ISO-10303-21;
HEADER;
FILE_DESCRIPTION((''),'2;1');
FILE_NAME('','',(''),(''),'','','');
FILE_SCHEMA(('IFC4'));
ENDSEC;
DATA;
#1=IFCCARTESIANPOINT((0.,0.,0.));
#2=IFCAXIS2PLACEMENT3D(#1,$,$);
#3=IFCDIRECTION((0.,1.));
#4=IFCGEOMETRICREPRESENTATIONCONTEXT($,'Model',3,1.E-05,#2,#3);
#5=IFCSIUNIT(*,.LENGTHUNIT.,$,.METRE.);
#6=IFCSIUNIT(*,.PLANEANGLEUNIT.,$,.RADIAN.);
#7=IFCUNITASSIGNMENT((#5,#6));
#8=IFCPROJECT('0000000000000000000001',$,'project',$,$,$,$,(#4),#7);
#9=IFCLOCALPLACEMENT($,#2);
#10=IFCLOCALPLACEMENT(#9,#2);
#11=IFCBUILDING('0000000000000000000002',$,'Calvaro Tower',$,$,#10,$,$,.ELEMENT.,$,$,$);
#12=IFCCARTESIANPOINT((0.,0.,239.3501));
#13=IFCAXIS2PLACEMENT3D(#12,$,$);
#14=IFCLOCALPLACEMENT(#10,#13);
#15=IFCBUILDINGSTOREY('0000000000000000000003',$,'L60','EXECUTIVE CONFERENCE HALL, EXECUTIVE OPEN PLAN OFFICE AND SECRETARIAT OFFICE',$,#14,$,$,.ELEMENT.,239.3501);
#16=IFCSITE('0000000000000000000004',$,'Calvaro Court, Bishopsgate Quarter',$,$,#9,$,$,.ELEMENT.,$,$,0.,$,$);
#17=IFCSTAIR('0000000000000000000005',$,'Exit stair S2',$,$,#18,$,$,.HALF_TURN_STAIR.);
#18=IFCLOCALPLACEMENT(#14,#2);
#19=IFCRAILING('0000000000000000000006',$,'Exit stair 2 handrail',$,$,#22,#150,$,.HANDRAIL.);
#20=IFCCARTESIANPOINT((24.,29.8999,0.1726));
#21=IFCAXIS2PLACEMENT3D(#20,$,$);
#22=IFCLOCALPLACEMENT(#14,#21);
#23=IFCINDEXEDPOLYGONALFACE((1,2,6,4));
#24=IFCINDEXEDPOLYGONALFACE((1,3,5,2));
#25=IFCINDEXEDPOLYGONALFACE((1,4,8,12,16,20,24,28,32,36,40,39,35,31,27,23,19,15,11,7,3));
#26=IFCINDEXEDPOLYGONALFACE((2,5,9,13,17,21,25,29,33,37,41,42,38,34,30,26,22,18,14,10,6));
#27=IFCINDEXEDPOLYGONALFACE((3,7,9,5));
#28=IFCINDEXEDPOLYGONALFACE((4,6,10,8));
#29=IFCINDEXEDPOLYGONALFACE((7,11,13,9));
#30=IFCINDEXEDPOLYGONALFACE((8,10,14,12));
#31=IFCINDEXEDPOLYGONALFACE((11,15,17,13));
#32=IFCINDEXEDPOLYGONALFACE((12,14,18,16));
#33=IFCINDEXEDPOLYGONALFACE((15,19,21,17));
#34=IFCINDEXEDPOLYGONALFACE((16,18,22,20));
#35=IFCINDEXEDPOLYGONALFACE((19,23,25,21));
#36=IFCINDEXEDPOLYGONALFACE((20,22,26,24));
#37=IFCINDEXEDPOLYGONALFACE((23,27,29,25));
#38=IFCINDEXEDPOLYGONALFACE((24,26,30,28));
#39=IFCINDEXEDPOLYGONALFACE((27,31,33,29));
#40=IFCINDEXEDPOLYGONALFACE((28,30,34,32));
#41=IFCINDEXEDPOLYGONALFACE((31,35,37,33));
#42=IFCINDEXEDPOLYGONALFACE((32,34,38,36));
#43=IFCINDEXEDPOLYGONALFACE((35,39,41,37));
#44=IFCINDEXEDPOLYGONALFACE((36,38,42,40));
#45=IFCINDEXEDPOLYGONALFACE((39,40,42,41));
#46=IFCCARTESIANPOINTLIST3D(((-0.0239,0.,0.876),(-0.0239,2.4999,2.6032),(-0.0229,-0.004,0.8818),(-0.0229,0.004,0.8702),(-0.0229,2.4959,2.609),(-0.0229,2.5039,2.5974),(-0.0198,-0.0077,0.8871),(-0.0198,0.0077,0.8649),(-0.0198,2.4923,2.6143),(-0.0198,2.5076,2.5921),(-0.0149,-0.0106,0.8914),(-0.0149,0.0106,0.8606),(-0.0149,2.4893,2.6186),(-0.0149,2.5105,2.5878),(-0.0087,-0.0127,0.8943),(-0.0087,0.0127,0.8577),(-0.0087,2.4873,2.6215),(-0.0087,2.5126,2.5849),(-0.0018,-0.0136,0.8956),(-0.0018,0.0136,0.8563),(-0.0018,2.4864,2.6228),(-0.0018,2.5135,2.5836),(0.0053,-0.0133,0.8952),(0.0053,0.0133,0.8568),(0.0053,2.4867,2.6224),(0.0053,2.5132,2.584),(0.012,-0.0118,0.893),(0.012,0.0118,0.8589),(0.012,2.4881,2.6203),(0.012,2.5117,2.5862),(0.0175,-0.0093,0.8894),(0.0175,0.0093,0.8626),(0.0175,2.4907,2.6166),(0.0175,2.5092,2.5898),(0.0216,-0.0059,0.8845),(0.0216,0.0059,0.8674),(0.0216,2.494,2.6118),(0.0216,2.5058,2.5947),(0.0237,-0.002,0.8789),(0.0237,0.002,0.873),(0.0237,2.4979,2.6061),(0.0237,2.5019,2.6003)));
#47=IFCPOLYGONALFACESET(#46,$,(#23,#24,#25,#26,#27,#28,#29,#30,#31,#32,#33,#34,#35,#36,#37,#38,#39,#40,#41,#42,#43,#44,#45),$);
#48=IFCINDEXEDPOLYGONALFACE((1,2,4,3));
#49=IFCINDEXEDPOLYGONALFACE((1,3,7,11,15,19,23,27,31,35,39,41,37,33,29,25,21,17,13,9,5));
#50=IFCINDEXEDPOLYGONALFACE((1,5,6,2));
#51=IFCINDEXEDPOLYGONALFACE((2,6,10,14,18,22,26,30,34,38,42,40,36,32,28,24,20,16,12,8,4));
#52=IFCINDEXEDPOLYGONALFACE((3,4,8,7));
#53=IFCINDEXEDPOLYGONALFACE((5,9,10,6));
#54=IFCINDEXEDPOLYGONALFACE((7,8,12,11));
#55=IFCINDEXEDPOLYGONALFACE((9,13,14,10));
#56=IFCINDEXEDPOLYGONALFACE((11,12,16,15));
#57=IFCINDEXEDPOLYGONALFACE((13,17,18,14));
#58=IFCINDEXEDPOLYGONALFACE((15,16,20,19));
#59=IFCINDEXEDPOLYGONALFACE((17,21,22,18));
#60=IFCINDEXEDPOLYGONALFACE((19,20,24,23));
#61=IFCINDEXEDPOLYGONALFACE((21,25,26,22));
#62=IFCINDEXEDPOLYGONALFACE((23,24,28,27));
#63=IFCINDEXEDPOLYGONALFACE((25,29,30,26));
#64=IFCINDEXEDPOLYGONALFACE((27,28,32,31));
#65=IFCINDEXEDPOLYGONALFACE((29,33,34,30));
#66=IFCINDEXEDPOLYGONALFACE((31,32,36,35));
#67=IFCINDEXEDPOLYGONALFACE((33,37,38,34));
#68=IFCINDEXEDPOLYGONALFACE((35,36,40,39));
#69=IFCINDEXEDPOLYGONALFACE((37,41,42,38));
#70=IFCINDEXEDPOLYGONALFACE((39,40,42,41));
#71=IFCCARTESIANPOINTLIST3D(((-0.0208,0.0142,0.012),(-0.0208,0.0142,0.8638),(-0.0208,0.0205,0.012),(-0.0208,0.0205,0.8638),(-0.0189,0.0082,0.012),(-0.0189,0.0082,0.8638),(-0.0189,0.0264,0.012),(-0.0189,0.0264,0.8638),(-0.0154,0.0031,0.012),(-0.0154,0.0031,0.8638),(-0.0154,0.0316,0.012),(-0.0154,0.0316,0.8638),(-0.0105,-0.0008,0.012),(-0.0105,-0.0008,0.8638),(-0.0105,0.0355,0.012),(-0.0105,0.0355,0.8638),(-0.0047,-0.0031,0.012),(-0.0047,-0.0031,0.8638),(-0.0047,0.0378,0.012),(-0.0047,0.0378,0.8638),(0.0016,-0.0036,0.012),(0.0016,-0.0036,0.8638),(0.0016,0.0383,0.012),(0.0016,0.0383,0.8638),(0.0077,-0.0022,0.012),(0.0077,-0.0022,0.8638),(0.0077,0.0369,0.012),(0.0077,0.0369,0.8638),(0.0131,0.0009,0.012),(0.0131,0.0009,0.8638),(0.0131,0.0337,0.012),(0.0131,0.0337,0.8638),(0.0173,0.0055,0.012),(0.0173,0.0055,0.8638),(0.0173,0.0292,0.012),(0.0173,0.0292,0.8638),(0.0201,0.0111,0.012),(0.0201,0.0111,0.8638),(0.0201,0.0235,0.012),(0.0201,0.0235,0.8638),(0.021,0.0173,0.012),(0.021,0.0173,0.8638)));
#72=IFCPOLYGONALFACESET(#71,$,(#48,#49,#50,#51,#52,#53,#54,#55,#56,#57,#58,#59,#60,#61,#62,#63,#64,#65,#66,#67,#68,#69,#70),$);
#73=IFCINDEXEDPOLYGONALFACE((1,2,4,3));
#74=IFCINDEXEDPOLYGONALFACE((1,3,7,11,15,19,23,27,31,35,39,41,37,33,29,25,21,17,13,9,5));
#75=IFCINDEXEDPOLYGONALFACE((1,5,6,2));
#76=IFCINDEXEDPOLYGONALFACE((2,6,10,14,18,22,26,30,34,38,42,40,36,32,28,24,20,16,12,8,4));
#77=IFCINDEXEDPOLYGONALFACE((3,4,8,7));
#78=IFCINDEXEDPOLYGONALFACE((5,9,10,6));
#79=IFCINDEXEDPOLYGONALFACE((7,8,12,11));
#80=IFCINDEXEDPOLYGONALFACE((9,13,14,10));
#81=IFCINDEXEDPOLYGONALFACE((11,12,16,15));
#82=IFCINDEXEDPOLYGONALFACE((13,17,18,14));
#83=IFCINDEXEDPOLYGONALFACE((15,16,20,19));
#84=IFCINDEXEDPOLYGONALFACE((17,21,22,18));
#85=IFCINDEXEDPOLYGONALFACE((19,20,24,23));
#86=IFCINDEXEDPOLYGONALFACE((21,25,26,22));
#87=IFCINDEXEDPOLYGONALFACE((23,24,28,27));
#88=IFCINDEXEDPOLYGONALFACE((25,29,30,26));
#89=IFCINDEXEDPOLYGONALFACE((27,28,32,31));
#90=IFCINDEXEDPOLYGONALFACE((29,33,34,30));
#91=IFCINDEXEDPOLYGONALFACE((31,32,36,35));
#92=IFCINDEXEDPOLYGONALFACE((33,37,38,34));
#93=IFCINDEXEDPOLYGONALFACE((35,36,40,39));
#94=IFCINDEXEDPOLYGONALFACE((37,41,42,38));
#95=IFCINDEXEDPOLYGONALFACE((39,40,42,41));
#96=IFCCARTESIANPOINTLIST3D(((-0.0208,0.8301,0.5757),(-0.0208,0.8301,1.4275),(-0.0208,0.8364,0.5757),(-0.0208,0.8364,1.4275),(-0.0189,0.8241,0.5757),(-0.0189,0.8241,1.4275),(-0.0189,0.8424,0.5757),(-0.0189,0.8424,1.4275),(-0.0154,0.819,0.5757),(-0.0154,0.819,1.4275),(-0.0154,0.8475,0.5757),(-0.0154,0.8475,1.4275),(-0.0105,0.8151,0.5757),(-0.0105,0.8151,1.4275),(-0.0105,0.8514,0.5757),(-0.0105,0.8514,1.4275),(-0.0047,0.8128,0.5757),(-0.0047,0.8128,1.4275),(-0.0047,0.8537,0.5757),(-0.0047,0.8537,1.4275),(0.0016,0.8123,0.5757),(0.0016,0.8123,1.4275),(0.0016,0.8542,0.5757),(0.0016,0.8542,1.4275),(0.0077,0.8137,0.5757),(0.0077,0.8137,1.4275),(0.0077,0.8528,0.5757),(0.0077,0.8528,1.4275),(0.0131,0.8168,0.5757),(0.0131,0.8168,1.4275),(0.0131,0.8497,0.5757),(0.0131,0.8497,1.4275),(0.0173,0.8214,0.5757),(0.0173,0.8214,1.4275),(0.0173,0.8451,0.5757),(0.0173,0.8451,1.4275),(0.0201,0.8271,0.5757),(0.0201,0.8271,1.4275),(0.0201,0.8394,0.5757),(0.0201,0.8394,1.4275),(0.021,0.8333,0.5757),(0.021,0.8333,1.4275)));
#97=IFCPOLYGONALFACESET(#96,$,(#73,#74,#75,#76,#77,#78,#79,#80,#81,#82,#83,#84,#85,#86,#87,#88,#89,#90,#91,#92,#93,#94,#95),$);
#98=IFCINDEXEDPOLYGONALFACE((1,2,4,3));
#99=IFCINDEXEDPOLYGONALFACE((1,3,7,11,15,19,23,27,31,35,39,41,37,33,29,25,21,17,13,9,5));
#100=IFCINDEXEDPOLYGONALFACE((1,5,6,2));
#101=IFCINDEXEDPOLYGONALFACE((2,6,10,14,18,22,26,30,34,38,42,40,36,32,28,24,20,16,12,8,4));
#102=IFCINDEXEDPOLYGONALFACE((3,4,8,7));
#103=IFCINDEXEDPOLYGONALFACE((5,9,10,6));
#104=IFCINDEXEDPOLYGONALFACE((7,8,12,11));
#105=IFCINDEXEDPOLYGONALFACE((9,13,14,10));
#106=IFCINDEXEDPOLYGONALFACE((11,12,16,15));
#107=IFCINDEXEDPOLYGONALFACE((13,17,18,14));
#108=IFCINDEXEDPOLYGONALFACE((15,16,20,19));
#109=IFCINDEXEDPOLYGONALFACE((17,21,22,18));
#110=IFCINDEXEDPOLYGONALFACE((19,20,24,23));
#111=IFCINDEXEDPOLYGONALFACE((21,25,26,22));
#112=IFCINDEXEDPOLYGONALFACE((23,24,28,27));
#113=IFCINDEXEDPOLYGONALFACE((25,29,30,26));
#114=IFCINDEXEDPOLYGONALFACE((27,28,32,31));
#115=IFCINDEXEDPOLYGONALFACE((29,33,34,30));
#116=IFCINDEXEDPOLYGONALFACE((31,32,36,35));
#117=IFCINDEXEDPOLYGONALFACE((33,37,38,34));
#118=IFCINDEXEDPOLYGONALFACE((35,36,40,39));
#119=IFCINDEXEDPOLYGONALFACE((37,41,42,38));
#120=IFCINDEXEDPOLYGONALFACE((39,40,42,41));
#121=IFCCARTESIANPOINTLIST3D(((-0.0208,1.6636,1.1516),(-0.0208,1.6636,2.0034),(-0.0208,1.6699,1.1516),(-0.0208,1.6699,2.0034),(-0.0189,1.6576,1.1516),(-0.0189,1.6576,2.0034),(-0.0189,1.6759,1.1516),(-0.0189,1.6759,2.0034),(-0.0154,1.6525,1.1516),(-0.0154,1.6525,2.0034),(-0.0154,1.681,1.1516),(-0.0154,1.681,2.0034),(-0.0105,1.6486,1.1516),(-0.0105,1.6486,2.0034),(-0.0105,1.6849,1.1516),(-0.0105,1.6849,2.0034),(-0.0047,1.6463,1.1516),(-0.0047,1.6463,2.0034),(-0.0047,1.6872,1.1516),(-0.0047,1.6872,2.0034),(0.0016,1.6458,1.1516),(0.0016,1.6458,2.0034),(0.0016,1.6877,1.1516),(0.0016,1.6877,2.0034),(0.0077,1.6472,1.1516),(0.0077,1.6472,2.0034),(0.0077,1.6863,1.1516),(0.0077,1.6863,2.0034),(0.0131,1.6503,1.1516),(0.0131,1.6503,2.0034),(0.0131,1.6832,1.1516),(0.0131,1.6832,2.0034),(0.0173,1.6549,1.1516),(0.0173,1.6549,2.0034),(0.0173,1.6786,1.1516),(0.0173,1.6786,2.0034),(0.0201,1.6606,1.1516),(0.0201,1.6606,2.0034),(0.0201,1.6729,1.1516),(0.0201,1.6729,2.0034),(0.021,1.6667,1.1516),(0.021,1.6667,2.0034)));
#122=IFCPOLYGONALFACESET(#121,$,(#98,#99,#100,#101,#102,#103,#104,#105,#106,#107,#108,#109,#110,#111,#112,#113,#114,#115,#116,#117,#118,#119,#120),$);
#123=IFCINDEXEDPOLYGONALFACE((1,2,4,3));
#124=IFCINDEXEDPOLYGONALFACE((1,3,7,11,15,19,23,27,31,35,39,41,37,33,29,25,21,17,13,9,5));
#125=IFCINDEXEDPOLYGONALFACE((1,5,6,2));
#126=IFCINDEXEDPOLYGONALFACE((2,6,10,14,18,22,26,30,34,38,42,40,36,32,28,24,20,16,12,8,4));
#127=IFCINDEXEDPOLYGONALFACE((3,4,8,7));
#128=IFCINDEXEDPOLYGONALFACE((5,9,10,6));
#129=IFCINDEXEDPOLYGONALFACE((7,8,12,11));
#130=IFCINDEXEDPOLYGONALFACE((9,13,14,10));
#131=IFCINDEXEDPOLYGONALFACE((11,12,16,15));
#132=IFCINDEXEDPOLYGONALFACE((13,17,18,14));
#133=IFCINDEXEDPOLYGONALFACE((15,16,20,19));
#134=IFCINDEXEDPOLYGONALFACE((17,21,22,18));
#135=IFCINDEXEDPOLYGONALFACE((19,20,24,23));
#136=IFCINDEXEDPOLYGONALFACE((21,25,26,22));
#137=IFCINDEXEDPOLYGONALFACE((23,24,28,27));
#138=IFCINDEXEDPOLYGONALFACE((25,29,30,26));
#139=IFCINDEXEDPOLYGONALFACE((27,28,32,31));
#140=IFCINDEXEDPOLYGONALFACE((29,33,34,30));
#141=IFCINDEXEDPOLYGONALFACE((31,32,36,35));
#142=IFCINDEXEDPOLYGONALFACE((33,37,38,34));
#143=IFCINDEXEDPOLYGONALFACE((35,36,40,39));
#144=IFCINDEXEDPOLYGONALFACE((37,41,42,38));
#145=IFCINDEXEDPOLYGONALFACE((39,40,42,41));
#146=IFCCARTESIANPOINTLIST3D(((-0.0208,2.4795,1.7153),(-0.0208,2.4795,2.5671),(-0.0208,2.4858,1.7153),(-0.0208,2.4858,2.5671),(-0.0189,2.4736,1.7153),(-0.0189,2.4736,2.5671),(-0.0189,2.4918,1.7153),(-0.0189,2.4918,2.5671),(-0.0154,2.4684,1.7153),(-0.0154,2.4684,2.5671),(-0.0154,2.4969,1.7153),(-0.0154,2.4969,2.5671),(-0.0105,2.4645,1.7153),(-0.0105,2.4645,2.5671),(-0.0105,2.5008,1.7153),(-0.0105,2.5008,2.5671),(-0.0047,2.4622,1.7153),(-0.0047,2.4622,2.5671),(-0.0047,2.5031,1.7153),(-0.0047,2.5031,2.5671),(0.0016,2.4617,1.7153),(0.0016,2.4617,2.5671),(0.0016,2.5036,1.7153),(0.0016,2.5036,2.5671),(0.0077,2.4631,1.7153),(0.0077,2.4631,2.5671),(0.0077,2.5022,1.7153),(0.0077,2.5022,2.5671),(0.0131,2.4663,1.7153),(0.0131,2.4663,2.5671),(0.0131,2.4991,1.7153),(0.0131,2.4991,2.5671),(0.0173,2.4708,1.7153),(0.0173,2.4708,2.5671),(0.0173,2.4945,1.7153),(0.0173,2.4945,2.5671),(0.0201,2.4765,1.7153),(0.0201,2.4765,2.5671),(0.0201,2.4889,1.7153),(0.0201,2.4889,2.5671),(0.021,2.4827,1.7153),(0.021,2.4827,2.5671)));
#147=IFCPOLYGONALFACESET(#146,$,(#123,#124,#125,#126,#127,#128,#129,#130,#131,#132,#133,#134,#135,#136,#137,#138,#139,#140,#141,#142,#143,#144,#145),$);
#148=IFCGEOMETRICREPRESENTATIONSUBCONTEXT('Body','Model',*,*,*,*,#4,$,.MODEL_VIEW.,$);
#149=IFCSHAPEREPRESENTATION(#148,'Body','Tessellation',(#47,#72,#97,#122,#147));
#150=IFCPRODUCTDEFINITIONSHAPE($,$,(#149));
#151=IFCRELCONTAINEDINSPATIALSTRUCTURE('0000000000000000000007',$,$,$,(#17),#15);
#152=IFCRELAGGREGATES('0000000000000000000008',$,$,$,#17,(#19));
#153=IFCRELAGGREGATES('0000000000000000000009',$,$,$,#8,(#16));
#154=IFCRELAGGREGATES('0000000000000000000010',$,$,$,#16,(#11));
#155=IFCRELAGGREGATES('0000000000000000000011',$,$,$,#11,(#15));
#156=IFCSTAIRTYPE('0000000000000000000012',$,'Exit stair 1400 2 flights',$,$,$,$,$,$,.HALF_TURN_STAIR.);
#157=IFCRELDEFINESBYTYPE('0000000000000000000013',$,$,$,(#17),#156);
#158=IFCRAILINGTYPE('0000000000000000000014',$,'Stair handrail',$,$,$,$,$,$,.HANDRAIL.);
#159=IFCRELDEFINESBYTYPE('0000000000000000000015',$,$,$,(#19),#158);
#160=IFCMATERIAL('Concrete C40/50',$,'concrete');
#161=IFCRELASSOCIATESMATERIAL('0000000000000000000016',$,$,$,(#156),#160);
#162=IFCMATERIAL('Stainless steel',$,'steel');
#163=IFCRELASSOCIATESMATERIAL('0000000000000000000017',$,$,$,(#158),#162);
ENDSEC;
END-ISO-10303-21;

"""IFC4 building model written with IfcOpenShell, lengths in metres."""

from ifc_helpers import new_model, si_unit, direction, frame, origin, origin_2d, place, context, subcontext, project, spatial, circle, extrude, material, type_object, element, aggregate, save


model = new_model("IFC4")

# Units and contexts
model_context = context("Model", 3, precision=1e-05, world=origin(), true_north=direction((0.0, 1.0)))
body_context = subcontext(model_context, "Body", "Model", "MODEL_VIEW")
ifc_project = project(units=[si_unit("LENGTHUNIT", "METRE"), si_unit("PLANEANGLEUNIT", "RADIAN")], contexts=[model_context])

# Site, building, storey
site_placement = place(None, origin())
site = spatial("IfcSite", under=ifc_project, at=site_placement, Name="Calvaro Court, Bishopsgate Quarter", CompositionType="ELEMENT", RefElevation=0.0)
building_placement = place(site_placement, origin())
building = spatial("IfcBuilding", under=site, at=building_placement, Name="Calvaro Tower", CompositionType="ELEMENT")
storey_placement = place(building_placement, frame((0.0, 0.0, 239.3501)))
storey = spatial("IfcBuildingStorey", under=building, at=storey_placement, Name="L60", Description="EXECUTIVE CONFERENCE HALL, EXECUTIVE OPEN PLAN OFFICE AND SECRETARIAT OFFICE", CompositionType="ELEMENT", Elevation=239.3501)

# Stair, railing
ifc_material_1 = material(Name="Concrete C40/50", Category="concrete")
stair_type = type_object("IfcStairType", Name="Exit stair 1400 2 flights", PredefinedType="HALF_TURN_STAIR", material=ifc_material_1)
stair_placement = place(storey_placement, origin())
stair = element("IfcStair", 1, at=stair_placement, inside=storey, type_object=stair_type, Name="Exit stair S2", PredefinedType="HALF_TURN_STAIR")
ifc_material_2 = material(Name="Stainless steel", Category="steel")
railing_type = type_object("IfcRailingType", Name="Stair handrail", PredefinedType="HANDRAIL", material=ifc_material_2)
railing_placement = place(storey_placement, frame((24.0, 29.8999, 0.1726)))
railing = element("IfcRailing", 2, at=railing_placement, type_object=railing_type, Name="Exit stair 2 handrail", PredefinedType="HANDRAIL", context=body_context, shape_type="SweptSolid", body=[
    extrude(circle(Radius=0.0239, at=origin_2d()), frame((0.0, 0.0, 0.876), z_axis=(0.0, 0.822727, 0.568437), x_axis=(-1.0, 0.0, 0.0)), (0.0, 0.0, 1.0), 3.0386),
    extrude(circle(Radius=0.021, at=origin_2d()), frame((0.0, 0.0173, 0.012)), (0.0, 0.0, 1.0), 0.8518),
    extrude(circle(Radius=0.021, at=origin_2d()), frame((0.0, 0.8333, 0.5757)), (0.0, 0.0, 1.0), 0.8518),
    extrude(circle(Radius=0.021, at=origin_2d()), frame((0.0, 1.6667, 1.1516)), (0.0, 0.0, 1.0), 0.8518),
    extrude(circle(Radius=0.021, at=origin_2d()), frame((0.0, 2.4827, 1.7153)), (0.0, 0.0, 1.0), 0.8518),
])
aggregate(stair, [railing])

save(model, "model.ifc")
